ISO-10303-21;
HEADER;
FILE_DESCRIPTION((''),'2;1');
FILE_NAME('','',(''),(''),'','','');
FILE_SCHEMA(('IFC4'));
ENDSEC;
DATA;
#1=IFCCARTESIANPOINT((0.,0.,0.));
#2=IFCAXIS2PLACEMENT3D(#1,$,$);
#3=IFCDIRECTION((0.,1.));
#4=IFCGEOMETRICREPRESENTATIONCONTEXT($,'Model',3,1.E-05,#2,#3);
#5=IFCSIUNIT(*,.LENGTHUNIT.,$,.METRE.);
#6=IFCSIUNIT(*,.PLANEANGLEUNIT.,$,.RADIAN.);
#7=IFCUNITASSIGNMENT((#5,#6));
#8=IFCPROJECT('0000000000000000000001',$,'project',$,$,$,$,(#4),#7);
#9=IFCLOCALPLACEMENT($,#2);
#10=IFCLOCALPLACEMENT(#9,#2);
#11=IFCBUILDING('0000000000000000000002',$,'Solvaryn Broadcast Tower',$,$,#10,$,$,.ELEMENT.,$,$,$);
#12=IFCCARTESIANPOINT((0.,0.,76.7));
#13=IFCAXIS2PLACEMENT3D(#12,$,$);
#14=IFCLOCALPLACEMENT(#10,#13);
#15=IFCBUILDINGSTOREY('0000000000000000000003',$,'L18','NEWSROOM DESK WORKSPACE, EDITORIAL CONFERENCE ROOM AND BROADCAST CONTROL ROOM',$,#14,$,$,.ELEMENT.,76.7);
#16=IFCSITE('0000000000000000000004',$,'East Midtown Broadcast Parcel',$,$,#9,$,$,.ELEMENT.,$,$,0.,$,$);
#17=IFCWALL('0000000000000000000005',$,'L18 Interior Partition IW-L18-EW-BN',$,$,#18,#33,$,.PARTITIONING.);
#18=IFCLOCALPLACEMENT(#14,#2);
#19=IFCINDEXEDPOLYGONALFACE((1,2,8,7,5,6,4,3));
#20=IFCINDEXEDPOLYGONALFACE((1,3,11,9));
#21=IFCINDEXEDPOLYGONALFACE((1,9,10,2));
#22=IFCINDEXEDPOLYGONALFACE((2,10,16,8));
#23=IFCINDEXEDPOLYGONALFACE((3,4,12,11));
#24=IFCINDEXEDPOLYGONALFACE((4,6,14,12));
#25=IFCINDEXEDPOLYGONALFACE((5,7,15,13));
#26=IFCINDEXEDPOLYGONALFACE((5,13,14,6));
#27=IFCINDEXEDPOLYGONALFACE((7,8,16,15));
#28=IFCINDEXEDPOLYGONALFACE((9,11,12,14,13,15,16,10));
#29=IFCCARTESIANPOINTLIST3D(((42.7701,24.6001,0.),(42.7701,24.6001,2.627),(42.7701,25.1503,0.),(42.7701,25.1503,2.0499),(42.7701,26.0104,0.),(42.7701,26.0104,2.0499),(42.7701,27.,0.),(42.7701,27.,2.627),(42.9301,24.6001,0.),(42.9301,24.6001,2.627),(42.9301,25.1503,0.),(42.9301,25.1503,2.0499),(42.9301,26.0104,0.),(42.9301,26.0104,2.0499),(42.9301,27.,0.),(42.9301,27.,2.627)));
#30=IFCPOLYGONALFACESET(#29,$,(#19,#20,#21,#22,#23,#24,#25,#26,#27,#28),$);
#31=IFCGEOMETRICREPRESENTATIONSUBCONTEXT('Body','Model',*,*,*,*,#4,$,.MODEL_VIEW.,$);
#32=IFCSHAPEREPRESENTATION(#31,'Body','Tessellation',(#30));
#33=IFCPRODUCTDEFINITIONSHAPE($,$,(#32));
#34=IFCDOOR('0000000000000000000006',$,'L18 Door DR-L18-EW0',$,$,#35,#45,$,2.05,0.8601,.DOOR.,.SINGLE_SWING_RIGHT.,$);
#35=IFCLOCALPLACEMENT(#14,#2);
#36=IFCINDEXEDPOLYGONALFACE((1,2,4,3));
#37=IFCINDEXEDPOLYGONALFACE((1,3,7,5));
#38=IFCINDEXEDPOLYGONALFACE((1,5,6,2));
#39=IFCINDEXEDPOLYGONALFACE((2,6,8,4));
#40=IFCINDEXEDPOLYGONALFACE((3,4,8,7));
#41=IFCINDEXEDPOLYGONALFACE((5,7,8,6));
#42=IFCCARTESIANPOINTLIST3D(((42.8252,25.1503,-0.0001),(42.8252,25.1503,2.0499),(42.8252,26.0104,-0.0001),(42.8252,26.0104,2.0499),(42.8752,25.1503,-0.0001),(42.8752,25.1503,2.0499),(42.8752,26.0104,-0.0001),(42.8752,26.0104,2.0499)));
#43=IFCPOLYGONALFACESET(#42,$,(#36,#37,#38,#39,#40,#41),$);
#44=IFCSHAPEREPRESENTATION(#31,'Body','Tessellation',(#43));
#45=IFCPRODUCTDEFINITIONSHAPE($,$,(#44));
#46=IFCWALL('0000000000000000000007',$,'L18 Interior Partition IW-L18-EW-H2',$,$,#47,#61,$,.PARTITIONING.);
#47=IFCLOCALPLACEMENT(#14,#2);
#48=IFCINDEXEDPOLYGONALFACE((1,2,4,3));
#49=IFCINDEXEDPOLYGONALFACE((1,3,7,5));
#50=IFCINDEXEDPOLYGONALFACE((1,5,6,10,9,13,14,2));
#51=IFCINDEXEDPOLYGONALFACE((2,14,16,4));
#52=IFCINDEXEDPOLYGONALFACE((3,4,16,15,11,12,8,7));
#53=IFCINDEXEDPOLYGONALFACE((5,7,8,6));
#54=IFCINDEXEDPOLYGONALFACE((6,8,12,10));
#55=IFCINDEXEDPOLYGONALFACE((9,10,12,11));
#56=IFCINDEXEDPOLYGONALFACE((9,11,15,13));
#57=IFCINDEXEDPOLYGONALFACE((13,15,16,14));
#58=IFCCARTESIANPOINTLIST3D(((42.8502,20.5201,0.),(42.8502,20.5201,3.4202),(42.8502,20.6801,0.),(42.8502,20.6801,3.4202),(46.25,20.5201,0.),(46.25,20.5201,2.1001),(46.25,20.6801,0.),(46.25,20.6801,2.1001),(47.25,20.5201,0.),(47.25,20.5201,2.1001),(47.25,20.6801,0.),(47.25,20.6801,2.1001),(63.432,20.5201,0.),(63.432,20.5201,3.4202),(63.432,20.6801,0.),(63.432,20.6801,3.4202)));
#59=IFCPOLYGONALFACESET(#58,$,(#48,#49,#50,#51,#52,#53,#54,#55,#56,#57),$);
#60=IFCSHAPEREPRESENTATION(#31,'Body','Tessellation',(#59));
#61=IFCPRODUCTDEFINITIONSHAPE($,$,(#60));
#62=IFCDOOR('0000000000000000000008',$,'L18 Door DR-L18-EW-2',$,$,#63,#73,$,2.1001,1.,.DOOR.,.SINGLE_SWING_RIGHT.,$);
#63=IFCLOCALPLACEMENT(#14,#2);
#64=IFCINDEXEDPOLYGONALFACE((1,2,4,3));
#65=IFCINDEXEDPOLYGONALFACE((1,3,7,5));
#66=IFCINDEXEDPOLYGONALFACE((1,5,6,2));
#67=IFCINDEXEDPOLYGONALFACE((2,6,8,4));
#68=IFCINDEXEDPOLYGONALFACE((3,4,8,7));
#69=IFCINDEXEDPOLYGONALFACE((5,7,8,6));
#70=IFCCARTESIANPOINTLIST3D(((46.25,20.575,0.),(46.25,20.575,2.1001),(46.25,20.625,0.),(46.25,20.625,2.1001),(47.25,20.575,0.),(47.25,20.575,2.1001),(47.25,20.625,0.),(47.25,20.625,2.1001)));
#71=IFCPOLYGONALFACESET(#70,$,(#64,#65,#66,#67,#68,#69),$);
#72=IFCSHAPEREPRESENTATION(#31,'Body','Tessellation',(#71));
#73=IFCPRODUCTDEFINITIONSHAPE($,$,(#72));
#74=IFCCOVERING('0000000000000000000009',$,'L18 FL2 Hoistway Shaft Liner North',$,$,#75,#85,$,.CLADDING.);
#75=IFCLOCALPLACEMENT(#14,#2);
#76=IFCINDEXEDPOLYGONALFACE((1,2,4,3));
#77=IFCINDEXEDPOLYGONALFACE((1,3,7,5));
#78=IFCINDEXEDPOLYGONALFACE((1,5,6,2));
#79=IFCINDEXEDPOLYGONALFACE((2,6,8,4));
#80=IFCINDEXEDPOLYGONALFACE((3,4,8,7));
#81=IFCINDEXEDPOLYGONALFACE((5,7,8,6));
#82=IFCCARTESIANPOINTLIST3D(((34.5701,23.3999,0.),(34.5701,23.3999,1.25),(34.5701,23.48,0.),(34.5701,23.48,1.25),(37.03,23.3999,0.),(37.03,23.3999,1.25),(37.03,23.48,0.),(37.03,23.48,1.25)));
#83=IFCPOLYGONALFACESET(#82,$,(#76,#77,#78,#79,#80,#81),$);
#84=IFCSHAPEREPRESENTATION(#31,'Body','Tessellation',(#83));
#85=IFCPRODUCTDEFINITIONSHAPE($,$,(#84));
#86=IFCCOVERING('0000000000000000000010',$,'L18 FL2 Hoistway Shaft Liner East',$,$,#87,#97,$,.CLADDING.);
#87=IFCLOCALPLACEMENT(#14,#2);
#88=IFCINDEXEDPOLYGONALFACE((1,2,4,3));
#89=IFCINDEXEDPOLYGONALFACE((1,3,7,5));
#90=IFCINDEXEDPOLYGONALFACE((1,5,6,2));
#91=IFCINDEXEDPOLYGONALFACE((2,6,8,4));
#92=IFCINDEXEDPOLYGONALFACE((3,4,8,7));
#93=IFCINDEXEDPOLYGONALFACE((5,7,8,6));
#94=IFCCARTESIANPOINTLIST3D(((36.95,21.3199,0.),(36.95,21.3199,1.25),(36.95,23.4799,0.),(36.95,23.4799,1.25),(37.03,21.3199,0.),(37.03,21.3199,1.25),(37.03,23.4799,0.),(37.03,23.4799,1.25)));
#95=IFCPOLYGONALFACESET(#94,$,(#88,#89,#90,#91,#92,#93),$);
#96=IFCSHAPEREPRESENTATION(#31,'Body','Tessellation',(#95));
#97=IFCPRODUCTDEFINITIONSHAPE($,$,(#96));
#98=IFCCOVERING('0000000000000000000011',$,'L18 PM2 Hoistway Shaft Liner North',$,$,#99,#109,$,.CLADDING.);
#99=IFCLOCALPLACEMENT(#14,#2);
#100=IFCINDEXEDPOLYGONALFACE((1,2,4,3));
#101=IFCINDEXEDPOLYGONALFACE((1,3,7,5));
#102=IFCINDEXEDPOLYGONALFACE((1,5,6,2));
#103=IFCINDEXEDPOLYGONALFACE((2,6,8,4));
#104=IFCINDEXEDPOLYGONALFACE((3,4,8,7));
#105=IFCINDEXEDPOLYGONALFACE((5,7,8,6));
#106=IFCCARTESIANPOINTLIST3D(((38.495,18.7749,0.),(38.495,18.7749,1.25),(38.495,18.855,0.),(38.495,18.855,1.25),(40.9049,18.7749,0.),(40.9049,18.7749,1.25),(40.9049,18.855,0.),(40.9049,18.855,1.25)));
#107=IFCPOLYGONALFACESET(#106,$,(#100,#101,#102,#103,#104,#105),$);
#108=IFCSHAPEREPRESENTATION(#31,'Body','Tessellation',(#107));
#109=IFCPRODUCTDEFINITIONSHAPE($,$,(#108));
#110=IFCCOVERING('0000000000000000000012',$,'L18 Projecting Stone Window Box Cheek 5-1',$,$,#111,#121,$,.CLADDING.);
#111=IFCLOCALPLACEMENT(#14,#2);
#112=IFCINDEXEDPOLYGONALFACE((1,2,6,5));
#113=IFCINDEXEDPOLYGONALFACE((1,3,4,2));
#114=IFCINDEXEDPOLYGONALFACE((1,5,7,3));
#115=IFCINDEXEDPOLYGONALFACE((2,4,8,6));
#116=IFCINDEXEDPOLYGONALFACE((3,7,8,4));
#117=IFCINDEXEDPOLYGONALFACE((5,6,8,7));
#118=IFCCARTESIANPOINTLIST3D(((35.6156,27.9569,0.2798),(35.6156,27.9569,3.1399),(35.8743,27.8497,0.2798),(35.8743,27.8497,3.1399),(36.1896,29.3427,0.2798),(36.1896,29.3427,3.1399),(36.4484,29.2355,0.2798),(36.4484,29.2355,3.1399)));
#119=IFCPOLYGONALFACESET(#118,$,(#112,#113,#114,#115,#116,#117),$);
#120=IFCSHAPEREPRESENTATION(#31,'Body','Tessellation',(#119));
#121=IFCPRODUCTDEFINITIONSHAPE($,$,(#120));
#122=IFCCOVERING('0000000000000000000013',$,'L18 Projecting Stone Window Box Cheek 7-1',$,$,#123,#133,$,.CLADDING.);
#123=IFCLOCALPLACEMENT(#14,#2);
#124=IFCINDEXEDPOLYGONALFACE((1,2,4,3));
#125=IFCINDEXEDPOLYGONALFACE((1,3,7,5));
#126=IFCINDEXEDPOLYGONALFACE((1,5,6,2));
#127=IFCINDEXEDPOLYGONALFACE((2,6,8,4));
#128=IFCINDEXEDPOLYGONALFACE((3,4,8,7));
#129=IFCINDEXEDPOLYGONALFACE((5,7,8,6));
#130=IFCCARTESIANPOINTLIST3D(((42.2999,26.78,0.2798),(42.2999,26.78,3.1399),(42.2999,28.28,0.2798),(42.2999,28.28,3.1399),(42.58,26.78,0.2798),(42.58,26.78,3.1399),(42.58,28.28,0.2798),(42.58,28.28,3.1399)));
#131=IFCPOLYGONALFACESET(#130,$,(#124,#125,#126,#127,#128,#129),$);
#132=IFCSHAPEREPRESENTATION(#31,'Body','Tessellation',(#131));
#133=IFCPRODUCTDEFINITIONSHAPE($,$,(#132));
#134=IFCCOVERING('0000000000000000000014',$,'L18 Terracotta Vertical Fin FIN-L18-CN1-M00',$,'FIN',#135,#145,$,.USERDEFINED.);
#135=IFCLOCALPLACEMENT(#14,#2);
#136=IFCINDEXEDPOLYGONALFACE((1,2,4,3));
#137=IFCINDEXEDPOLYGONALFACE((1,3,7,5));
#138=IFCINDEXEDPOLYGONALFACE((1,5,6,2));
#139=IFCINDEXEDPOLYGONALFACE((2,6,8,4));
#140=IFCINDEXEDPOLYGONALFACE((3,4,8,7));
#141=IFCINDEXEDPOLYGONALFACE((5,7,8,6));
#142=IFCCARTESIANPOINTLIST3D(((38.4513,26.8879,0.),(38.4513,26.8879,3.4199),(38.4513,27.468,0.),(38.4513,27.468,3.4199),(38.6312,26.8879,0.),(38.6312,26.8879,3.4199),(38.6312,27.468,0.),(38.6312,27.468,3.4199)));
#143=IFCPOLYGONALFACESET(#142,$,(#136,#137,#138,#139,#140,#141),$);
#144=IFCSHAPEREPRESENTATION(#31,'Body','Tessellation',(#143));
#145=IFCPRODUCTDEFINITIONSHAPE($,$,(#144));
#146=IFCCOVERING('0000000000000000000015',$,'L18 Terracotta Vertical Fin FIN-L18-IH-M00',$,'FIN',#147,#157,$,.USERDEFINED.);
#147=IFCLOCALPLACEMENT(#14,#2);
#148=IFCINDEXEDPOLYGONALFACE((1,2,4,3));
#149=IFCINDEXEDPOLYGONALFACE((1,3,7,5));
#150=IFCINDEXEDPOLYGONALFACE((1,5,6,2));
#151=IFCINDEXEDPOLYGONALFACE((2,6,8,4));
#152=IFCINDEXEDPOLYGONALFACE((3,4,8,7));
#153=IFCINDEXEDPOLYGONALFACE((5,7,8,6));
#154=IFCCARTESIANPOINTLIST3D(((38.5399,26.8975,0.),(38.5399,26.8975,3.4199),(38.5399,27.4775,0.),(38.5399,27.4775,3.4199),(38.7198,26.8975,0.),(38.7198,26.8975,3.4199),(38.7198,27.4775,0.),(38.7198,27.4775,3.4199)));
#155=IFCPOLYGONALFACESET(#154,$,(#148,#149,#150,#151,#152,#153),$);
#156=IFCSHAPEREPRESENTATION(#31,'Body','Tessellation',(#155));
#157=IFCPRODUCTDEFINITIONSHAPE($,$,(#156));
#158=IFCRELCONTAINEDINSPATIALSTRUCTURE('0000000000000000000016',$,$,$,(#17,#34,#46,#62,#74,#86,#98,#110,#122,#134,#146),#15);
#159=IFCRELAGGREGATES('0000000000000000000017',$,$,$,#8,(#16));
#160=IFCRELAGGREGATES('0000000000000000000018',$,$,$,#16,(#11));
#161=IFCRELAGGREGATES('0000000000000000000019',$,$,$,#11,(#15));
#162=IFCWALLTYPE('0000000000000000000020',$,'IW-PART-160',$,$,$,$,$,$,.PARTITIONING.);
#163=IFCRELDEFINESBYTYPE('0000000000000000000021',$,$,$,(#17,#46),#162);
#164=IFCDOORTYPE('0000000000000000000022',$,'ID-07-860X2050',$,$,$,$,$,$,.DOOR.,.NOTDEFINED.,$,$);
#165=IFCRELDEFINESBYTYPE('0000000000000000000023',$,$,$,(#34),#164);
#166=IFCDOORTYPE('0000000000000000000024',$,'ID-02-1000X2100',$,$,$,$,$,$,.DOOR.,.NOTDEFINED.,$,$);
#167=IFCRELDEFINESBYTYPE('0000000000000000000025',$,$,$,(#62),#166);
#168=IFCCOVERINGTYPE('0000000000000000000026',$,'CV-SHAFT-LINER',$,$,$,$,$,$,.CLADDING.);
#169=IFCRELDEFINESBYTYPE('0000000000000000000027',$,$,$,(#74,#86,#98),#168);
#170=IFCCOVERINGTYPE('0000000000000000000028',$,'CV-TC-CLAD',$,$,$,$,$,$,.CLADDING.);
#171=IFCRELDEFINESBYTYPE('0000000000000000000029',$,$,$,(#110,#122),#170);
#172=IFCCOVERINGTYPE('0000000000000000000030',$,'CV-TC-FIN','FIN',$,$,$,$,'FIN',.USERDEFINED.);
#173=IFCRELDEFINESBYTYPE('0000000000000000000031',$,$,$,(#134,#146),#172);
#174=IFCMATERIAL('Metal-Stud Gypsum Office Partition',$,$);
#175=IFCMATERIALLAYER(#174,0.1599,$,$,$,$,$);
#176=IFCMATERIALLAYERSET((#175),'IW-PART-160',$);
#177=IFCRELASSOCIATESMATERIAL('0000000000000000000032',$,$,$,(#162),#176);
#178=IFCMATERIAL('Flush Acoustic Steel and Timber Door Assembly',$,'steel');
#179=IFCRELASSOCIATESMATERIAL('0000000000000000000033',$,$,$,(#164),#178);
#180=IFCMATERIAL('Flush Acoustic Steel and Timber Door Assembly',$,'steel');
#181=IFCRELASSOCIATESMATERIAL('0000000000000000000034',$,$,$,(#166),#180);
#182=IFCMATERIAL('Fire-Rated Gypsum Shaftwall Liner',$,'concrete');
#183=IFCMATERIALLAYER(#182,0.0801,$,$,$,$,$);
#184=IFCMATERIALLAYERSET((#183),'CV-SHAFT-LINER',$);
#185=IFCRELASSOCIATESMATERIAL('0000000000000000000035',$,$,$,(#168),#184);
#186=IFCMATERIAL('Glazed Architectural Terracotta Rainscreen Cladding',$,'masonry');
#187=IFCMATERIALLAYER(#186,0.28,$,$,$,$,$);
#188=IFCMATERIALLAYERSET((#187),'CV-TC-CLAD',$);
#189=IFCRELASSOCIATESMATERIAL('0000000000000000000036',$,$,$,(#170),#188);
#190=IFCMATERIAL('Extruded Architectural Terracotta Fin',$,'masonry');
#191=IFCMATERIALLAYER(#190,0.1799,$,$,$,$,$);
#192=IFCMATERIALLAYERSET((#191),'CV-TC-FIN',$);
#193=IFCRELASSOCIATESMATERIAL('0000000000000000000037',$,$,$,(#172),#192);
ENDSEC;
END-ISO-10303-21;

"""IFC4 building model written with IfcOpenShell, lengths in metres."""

from ifc_helpers import new_model, si_unit, direction, frame, frame_2d, origin, origin_2d, place, context, subcontext, project, spatial, rectangle, extrude, material, layer, layer_set, type_object, element, fill, save


model = new_model("IFC4")

# Units and contexts
model_context = context("Model", 3, precision=1e-05, world=origin(), true_north=direction((0.0, 1.0)))
body_context = subcontext(model_context, "Body", "Model", "MODEL_VIEW")
ifc_project = project(units=[si_unit("LENGTHUNIT", "METRE"), si_unit("PLANEANGLEUNIT", "RADIAN")], contexts=[model_context])

# Site, building, storey
site_placement = place(None, origin())
site = spatial("IfcSite", under=ifc_project, at=site_placement, Name="East Midtown Broadcast Parcel", CompositionType="ELEMENT", RefElevation=0.0)
building_placement = place(site_placement, origin())
building = spatial("IfcBuilding", under=site, at=building_placement, Name="Solvaryn Broadcast Tower", CompositionType="ELEMENT")
storey_placement = place(building_placement, frame((0.0, 0.0, 76.7)))
storey = spatial("IfcBuildingStorey", under=building, at=storey_placement, Name="L18", Description="NEWSROOM DESK WORKSPACE, EDITORIAL CONFERENCE ROOM AND BROADCAST CONTROL ROOM", CompositionType="ELEMENT", Elevation=76.7)

# Walls, openings, doors
ifc_material_1 = material(Name="Metal-Stud Gypsum Office Partition")
ifc_layer_1 = layer(ifc_material_1, 0.1599)
ifc_layer_set_1 = layer_set([ifc_layer_1], Name="IW-PART-160")
wall_type_1 = type_object("IfcWallType", Name="IW-PART-160", PredefinedType="PARTITIONING", material=ifc_layer_set_1)
wall_1_placement = place(storey_placement, frame((42.8501, 24.6001, 0.0), z_axis=(0.0, 0.0, 1.0), x_axis=(0.0, 1.0, 0.0)))
wall_1 = element("IfcWall", 1, at=wall_1_placement, inside=storey, type_object=wall_type_1, Name="L18 Interior Partition IW-L18-EW-BN", PredefinedType="PARTITIONING", context=body_context, shape_type="SweptSolid", body=[
    extrude(rectangle(XDim=2.3999, YDim=0.1599, at=frame_2d((1.2, 0.0))), origin(), (0.0, 0.0, 1.0), 2.627),
])
opening_1_placement = place(wall_1_placement, frame((0.55, 0.0, 0.0)))
opening_1 = element("IfcOpeningElement", 2, at=opening_1_placement, cuts=wall_1, PredefinedType="OPENING", context=body_context, shape_type="SweptSolid", body=[
    extrude(rectangle(XDim=0.8601, YDim=2.05, at=frame_2d((0.4302, 1.0249))), frame((0.0, 0.0901, 0.0), z_axis=(0.0, -1.0, 0.0), x_axis=(1.0, 0.0, 0.0)), (0.0, 0.0, 1.0), 0.1799),
])
ifc_material_2 = material(Name="Flush Acoustic Steel and Timber Door Assembly", Category="steel")
door_type_1 = type_object("IfcDoorType", Name="ID-07-860X2050", OperationType="NOTDEFINED", PredefinedType="DOOR", material=ifc_material_2)
door_1_placement = place(opening_1_placement, origin())
door_1 = element("IfcDoor", 3, at=door_1_placement, inside=storey, type_object=door_type_1, Name="L18 Door DR-L18-EW0", OperationType="SINGLE_SWING_RIGHT", OverallHeight=2.05, OverallWidth=0.8601, PredefinedType="DOOR", context=body_context, shape_type="SweptSolid", body=[
    extrude(rectangle(XDim=0.8601, YDim=2.05, at=frame_2d((0.4302, 1.0249))), frame((0.0, 0.0249, 0.0), z_axis=(0.0, -1.0, 0.0), x_axis=(1.0, 0.0, 0.0)), (0.0, 0.0, 1.0), 0.05),
])
fill(opening_1, door_1)
wall_2_placement = place(storey_placement, frame((42.8501, 20.6001, 0.0), z_axis=(0.0, 0.0, 1.0), x_axis=(1.0, 0.0, 0.0)))
wall_2 = element("IfcWall", 4, at=wall_2_placement, inside=storey, type_object=wall_type_1, Name="L18 Interior Partition IW-L18-EW-H2", PredefinedType="PARTITIONING", context=body_context, shape_type="SweptSolid", body=[
    extrude(rectangle(XDim=20.5818, YDim=0.1599, at=frame_2d((10.291, 0.0))), origin(), (0.0, 0.0, 1.0), 3.4202),
])
opening_2_placement = place(wall_2_placement, frame((3.3999, 0.0, 0.0)))
opening_2 = element("IfcOpeningElement", 5, at=opening_2_placement, cuts=wall_2, PredefinedType="OPENING", context=body_context, shape_type="SweptSolid", body=[
    extrude(rectangle(XDim=1.0, YDim=2.1001, at=frame_2d((0.5, 1.05))), frame((0.0, 0.0901, 0.0), z_axis=(0.0, -1.0, 0.0), x_axis=(1.0, 0.0, 0.0)), (0.0, 0.0, 1.0), 0.1799),
])
ifc_material_3 = material(Name="Flush Acoustic Steel and Timber Door Assembly", Category="steel")
door_type_2 = type_object("IfcDoorType", Name="ID-02-1000X2100", OperationType="NOTDEFINED", PredefinedType="DOOR", material=ifc_material_3)
door_2_placement = place(opening_2_placement, origin())
door_2 = element("IfcDoor", 6, at=door_2_placement, inside=storey, type_object=door_type_2, Name="L18 Door DR-L18-EW-2", OperationType="SINGLE_SWING_RIGHT", OverallHeight=2.1001, OverallWidth=1.0, PredefinedType="DOOR", context=body_context, shape_type="SweptSolid", body=[
    extrude(rectangle(XDim=1.0, YDim=2.1001, at=frame_2d((0.5, 1.05))), frame((0.0, 0.0249, 0.0), z_axis=(0.0, -1.0, 0.0), x_axis=(1.0, 0.0, 0.0)), (0.0, 0.0, 1.0), 0.05),
])
fill(opening_2, door_2)

# Coverings
ifc_material_4 = material(Name="Fire-Rated Gypsum Shaftwall Liner", Category="concrete")
ifc_layer_2 = layer(ifc_material_4, 0.0801)
ifc_layer_set_2 = layer_set([ifc_layer_2], Name="CV-SHAFT-LINER")
covering_type_1 = type_object("IfcCoveringType", Name="CV-SHAFT-LINER", PredefinedType="CLADDING", material=ifc_layer_set_2)
covering_1_placement = place(storey_placement, frame((35.8, 23.4399, 0.0), z_axis=(0.0, 0.0, 1.0), x_axis=(1.0, 0.0, 0.0)))
element("IfcCovering", 7, at=covering_1_placement, inside=storey, type_object=covering_type_1, Name="L18 FL2 Hoistway Shaft Liner North", PredefinedType="CLADDING", context=body_context, shape_type="SweptSolid", body=[
    extrude(rectangle(XDim=2.46, YDim=0.0801, at=origin_2d()), origin(), (0.0, 0.0, 1.0), 1.25),
])
covering_2_placement = place(storey_placement, frame((36.99, 22.3999, 0.0), z_axis=(0.0, 0.0, 1.0), x_axis=(1.0, 0.0, 0.0)))
element("IfcCovering", 8, at=covering_2_placement, inside=storey, type_object=covering_type_1, Name="L18 FL2 Hoistway Shaft Liner East", PredefinedType="CLADDING", context=body_context, shape_type="SweptSolid", body=[
    extrude(rectangle(XDim=0.0801, YDim=2.1599, at=origin_2d()), origin(), (0.0, 0.0, 1.0), 1.25),
])
covering_3_placement = place(storey_placement, frame((39.7, 18.8149, 0.0), z_axis=(0.0, 0.0, 1.0), x_axis=(1.0, 0.0, 0.0)))
element("IfcCovering", 9, at=covering_3_placement, inside=storey, type_object=covering_type_1, Name="L18 PM2 Hoistway Shaft Liner North", PredefinedType="CLADDING", context=body_context, shape_type="SweptSolid", body=[
    extrude(rectangle(XDim=2.4099, YDim=0.0801, at=origin_2d()), origin(), (0.0, 0.0, 1.0), 1.25),
])
ifc_material_5 = material(Name="Glazed Architectural Terracotta Rainscreen Cladding", Category="masonry")
ifc_layer_3 = layer(ifc_material_5, 0.28)
ifc_layer_set_3 = layer_set([ifc_layer_3], Name="CV-TC-CLAD")
covering_type_2 = type_object("IfcCoveringType", Name="CV-TC-CLAD", PredefinedType="CLADDING", material=ifc_layer_set_3)
for number, where, z_axis, x_axis, name in (
    (10, (36.032, 28.5962, 0.2798), (0.0, 0.0, 1.0), (-0.92388, 0.382683, 0.0), "L18 Projecting Stone Window Box Cheek 5-1"),
    (11, (42.4399, 27.53, 0.2798), (0.0, 0.0, 1.0), (1.0, 0.0, 0.0), "L18 Projecting Stone Window Box Cheek 7-1"),
):
    element("IfcCovering", number, at=place(storey_placement, frame(where, z_axis=z_axis, x_axis=x_axis)), inside=storey, type_object=covering_type_2, Name=name, PredefinedType="CLADDING", context=body_context, shape_type="SweptSolid", body=[
        extrude(rectangle(XDim=0.28, YDim=1.5, at=origin_2d()), origin(), (0.0, 0.0, 1.0), 2.8601),
    ])
ifc_material_6 = material(Name="Extruded Architectural Terracotta Fin", Category="masonry")
ifc_layer_4 = layer(ifc_material_6, 0.1799)
ifc_layer_set_4 = layer_set([ifc_layer_4], Name="CV-TC-FIN")
covering_type_3 = type_object("IfcCoveringType", Name="CV-TC-FIN", Description="FIN", ElementType="FIN", PredefinedType="USERDEFINED", material=ifc_layer_set_4)
for number, where, z_axis, x_axis, name in (
    (12, (38.5413, 27.178, 0.0), (0.0, 0.0, 1.0), (1.0, 0.0, 0.0), "L18 Terracotta Vertical Fin FIN-L18-CN1-M00"),
    (13, (38.6299, 27.1875, 0.0), (0.0, 0.0, 1.0), (1.0, 0.0, 0.0), "L18 Terracotta Vertical Fin FIN-L18-IH-M00"),
):
    element("IfcCovering", number, at=place(storey_placement, frame(where, z_axis=z_axis, x_axis=x_axis)), inside=storey, type_object=covering_type_3, Name=name, ObjectType="FIN", PredefinedType="USERDEFINED", context=body_context, shape_type="SweptSolid", body=[
        extrude(rectangle(XDim=0.1799, YDim=0.5801, at=origin_2d()), origin(), (0.0, 0.0, 1.0), 3.4199),
    ])

save(model, "model.ifc")
